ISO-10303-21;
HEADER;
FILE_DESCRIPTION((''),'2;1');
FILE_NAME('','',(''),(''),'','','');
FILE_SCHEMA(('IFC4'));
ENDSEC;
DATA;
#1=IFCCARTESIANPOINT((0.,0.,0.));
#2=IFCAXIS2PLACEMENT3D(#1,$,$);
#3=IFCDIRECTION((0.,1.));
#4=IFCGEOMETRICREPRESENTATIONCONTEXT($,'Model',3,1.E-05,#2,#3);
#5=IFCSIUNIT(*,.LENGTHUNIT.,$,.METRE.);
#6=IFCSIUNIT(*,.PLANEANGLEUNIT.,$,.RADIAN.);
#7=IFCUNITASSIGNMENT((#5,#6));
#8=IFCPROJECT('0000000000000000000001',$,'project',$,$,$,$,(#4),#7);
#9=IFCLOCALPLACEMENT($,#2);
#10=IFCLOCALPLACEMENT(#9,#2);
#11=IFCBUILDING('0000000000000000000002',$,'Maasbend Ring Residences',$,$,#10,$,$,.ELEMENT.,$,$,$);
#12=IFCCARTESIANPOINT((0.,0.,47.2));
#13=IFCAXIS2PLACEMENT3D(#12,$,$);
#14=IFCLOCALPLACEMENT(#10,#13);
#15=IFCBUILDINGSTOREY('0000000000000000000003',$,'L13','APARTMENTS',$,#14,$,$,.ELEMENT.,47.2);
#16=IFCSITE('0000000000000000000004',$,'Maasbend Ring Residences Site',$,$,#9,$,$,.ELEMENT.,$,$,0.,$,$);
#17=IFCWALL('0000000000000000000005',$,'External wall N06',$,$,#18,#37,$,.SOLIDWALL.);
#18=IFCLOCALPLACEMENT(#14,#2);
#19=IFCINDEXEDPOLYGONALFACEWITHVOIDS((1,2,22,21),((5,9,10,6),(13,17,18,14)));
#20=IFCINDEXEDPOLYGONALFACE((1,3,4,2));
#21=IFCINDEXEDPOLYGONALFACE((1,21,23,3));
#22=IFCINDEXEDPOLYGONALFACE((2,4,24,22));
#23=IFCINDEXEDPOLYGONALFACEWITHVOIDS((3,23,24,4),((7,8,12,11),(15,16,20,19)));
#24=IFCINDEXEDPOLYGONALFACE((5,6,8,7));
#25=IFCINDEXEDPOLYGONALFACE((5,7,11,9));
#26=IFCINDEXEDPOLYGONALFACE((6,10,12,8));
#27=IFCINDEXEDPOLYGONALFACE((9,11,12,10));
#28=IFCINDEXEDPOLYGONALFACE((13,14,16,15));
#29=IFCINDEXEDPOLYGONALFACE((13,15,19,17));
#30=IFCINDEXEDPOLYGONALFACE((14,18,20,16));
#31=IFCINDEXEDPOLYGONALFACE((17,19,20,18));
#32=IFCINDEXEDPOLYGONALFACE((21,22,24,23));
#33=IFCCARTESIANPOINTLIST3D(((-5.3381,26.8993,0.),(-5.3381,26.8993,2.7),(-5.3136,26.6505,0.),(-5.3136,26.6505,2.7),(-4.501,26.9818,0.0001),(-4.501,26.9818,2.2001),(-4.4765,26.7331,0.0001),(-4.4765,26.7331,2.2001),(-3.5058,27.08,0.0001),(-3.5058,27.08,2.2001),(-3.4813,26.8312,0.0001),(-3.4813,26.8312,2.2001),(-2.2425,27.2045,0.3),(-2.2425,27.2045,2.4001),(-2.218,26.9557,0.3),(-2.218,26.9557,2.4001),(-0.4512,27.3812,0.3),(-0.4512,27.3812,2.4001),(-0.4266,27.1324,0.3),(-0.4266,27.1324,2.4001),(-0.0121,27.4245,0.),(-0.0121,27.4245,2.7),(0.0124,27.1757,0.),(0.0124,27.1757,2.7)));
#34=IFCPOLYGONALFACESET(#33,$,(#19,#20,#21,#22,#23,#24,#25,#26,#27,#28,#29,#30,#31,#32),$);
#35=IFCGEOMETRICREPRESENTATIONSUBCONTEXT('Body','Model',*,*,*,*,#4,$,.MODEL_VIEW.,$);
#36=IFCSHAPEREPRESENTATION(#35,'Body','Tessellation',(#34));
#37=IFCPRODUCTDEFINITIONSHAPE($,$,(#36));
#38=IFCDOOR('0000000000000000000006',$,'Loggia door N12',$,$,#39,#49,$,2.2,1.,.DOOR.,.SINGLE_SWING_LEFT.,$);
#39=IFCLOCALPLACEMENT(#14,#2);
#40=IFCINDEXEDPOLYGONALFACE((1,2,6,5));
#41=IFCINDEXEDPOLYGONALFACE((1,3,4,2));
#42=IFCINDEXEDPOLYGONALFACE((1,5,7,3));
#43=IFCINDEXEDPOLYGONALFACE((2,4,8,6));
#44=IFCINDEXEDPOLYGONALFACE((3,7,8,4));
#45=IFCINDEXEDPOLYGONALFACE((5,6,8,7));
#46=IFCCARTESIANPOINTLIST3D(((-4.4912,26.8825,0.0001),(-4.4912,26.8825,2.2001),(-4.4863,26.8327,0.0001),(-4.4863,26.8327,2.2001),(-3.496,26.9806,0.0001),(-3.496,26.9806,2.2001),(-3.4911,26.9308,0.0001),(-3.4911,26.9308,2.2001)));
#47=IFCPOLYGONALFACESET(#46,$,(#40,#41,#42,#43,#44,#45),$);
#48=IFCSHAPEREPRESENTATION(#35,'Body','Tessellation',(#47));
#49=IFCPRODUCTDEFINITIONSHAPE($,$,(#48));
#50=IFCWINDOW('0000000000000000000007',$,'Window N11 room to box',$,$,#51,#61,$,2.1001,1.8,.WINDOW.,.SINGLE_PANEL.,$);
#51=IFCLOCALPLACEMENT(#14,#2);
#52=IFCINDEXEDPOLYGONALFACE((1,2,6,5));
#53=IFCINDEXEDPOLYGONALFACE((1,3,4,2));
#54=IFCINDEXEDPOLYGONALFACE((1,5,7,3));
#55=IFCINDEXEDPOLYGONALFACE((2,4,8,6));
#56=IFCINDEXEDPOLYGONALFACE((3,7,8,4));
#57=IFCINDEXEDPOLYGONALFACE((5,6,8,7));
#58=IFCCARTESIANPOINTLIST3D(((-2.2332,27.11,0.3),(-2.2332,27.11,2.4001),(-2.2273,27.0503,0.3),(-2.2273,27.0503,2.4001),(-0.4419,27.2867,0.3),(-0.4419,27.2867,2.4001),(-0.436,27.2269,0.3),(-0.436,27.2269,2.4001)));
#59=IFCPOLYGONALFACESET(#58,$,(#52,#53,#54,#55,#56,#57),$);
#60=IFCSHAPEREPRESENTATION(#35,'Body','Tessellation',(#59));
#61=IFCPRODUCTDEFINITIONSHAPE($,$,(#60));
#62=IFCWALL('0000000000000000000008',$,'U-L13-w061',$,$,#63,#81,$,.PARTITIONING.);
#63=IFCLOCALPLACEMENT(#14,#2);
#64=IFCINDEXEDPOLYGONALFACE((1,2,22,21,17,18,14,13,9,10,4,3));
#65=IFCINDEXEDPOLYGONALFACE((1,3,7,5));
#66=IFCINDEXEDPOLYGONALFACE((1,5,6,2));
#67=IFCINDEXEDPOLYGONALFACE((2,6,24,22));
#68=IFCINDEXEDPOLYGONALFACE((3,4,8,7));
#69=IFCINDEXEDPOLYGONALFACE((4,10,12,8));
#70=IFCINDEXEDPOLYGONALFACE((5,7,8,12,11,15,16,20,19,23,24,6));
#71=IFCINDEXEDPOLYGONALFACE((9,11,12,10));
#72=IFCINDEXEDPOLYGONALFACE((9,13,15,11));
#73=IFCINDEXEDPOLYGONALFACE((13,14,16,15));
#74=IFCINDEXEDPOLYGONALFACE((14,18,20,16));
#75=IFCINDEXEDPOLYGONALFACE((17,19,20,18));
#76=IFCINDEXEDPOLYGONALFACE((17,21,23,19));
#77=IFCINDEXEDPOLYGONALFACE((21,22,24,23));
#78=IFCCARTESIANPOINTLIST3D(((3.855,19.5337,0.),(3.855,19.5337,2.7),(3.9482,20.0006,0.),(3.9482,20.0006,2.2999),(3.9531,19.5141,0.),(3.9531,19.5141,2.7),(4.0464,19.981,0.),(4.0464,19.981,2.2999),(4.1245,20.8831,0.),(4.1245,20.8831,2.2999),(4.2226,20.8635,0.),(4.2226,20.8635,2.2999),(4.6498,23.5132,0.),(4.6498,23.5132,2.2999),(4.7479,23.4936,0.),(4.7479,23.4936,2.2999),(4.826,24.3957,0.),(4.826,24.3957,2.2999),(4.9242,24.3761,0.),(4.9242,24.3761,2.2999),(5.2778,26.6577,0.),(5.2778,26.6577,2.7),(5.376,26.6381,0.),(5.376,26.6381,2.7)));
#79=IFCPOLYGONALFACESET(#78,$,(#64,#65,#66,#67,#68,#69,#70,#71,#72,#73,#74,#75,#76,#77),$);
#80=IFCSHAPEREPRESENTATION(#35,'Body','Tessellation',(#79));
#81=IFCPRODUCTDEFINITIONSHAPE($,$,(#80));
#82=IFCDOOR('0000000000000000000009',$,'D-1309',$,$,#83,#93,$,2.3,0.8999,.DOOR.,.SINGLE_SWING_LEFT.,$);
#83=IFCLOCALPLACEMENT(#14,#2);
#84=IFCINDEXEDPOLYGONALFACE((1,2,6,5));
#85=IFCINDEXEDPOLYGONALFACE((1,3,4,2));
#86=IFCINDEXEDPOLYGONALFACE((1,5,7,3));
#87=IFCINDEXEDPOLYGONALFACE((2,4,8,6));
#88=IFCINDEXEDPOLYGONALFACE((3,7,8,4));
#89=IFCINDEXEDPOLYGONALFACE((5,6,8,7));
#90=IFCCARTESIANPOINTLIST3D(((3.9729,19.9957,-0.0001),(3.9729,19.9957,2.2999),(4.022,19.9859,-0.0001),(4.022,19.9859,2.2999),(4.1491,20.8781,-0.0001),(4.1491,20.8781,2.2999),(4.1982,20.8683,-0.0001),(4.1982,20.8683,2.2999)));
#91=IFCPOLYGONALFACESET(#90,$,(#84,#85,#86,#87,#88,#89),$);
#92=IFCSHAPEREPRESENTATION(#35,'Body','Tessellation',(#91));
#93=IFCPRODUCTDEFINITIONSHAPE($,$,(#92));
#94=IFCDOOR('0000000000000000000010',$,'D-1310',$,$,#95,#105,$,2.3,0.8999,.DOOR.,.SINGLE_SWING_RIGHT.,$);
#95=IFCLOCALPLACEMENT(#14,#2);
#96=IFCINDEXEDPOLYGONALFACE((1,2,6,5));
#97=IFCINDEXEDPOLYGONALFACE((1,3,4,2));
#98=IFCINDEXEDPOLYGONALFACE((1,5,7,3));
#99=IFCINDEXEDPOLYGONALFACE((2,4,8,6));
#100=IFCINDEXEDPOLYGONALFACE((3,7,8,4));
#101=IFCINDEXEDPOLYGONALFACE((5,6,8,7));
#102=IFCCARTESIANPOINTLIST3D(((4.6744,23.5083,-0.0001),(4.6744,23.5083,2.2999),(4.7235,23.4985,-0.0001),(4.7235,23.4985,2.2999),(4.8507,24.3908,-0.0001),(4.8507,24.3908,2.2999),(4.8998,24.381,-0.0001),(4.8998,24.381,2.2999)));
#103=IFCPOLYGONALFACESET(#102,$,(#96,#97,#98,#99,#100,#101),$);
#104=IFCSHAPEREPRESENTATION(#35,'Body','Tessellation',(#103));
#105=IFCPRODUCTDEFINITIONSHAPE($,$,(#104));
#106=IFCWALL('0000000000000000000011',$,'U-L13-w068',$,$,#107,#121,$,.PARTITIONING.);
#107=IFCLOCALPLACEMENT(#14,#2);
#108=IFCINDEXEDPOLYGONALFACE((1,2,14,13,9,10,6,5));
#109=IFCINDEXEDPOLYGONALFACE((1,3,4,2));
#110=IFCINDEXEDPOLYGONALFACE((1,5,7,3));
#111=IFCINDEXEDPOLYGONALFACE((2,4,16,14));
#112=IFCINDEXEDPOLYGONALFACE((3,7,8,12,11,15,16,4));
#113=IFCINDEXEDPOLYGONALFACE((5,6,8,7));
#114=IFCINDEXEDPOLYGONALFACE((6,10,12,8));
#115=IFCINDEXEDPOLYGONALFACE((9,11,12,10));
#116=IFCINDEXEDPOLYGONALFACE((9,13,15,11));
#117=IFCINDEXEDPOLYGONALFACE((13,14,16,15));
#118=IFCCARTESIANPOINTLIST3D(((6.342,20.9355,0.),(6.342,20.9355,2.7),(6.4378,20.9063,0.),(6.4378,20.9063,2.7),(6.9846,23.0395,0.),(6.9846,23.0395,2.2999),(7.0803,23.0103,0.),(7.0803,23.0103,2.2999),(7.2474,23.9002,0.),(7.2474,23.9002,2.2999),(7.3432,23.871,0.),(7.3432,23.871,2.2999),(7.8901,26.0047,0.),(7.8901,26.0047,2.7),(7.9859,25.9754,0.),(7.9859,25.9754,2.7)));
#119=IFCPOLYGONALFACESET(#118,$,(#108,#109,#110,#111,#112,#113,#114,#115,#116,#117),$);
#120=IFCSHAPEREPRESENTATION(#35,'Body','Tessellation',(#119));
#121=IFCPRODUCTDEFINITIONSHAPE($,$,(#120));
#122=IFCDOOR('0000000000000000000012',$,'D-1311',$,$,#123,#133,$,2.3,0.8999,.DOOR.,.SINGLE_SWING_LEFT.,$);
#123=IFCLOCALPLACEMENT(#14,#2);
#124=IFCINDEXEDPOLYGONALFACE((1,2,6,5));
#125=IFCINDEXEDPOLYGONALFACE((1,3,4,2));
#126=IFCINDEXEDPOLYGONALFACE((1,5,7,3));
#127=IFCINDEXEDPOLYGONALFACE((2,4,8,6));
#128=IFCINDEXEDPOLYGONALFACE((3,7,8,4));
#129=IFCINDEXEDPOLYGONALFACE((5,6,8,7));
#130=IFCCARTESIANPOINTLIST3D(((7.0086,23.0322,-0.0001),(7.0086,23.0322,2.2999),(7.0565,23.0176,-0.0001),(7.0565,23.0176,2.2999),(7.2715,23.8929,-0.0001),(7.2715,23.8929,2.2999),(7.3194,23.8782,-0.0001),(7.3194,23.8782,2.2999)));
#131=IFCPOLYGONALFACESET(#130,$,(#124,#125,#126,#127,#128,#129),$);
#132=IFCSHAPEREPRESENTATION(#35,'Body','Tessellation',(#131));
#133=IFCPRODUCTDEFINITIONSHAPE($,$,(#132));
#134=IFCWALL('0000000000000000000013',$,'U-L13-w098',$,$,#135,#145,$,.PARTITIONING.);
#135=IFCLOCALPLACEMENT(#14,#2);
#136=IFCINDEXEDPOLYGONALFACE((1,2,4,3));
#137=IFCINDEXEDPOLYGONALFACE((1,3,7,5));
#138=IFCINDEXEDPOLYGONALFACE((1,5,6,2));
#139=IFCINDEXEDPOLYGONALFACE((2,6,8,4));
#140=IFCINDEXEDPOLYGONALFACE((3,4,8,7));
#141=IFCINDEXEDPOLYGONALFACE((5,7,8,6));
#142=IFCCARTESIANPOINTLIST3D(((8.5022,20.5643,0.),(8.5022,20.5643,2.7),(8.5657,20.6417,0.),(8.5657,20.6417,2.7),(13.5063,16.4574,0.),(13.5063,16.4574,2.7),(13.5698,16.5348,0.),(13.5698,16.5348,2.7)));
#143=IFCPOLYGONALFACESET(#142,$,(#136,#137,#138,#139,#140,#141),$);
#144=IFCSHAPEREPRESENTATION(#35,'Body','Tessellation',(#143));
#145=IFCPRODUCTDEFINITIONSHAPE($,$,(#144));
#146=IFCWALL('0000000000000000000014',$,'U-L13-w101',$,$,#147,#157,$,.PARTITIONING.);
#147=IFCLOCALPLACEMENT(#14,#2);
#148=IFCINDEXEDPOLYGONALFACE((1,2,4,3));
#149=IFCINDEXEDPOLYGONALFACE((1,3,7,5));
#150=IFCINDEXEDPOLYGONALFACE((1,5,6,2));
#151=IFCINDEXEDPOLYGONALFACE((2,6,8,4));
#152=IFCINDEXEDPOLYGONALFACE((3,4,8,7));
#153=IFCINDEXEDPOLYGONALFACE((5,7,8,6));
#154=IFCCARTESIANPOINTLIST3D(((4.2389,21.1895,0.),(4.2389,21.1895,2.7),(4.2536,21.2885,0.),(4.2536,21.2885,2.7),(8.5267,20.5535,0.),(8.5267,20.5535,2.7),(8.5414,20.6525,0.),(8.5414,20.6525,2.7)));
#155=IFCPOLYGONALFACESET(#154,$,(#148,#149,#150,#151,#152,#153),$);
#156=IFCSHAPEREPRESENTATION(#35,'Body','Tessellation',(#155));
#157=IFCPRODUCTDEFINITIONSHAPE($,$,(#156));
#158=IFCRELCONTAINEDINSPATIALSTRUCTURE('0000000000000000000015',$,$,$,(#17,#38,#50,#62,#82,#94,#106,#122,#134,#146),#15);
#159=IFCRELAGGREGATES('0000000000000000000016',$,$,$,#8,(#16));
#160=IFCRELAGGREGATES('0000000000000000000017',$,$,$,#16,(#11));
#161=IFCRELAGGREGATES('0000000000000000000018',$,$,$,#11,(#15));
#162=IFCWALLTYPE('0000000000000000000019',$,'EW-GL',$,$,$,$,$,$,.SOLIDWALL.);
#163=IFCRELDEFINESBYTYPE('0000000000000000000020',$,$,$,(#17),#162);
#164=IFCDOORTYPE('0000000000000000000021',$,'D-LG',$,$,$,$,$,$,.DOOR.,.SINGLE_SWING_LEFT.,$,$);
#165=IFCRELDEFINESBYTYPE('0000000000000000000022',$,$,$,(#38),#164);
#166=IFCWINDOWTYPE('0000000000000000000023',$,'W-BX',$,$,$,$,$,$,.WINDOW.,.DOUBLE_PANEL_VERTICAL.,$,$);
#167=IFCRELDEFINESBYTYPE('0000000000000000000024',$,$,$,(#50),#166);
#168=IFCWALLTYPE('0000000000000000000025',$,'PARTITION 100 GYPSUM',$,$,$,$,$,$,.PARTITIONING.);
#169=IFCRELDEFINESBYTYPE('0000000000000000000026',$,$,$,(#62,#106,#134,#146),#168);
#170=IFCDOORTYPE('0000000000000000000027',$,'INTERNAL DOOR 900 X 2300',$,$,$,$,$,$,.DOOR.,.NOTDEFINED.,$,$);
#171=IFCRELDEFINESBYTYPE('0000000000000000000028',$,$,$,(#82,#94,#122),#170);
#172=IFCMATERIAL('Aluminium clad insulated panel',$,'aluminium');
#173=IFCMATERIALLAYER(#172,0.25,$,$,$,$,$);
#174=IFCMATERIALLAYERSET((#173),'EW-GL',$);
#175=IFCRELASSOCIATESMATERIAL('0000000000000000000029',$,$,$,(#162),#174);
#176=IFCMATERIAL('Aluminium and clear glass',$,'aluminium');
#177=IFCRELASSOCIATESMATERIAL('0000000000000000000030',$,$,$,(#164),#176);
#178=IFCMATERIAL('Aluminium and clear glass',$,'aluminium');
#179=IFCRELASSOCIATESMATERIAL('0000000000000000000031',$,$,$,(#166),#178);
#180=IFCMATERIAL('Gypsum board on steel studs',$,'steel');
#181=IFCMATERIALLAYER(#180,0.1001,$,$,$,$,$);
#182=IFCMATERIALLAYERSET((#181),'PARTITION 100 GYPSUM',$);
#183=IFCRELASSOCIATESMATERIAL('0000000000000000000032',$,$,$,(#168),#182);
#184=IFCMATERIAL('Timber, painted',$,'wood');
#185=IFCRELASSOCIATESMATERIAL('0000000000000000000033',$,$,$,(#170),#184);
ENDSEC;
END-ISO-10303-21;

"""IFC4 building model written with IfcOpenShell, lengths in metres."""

from ifc_helpers import new_model, si_unit, direction, frame, frame_2d, origin, place, context, subcontext, project, spatial, rectangle, extrude, material, layer, layer_set, type_object, element, fill, save


model = new_model("IFC4")

# Units and contexts
model_context = context("Model", 3, precision=1e-05, world=origin(), true_north=direction((0.0, 1.0)))
body_context = subcontext(model_context, "Body", "Model", "MODEL_VIEW")
ifc_project = project(units=[si_unit("LENGTHUNIT", "METRE"), si_unit("PLANEANGLEUNIT", "RADIAN")], contexts=[model_context])

# Site, building, storey
site_placement = place(None, origin())
site = spatial("IfcSite", under=ifc_project, at=site_placement, Name="Maasbend Ring Residences Site", CompositionType="ELEMENT", RefElevation=0.0)
building_placement = place(site_placement, origin())
building = spatial("IfcBuilding", under=site, at=building_placement, Name="Maasbend Ring Residences", CompositionType="ELEMENT")
storey_placement = place(building_placement, frame((0.0, 0.0, 47.2)))
storey = spatial("IfcBuildingStorey", under=building, at=storey_placement, Name="L13", Description="APARTMENTS", CompositionType="ELEMENT", Elevation=47.2)

# Wall, openings, door, window
ifc_material_1 = material(Name="Aluminium clad insulated panel", Category="aluminium")
ifc_layer_1 = layer(ifc_material_1, 0.25)
ifc_layer_set_1 = layer_set([ifc_layer_1], Name="EW-GL")
wall_type_1 = type_object("IfcWallType", Name="EW-GL", PredefinedType="SOLIDWALL", material=ifc_layer_set_1)
ifc_material_2 = material(Name="Aluminium and clear glass", Category="aluminium")
door_type_1 = type_object("IfcDoorType", Name="D-LG", OperationType="SINGLE_SWING_LEFT", PredefinedType="DOOR", material=ifc_material_2)
ifc_material_3 = material(Name="Aluminium and clear glass", Category="aluminium")
window_type_1 = type_object("IfcWindowType", Name="W-BX", PartitioningType="DOUBLE_PANEL_VERTICAL", PredefinedType="WINDOW", material=ifc_material_3)
wall_1_placement = place(storey_placement, frame((0.0, 27.3, 0.0), z_axis=(0.0, 0.0, 1.0), x_axis=(-0.995174, -0.098126, 0.0)))
wall_1 = element("IfcWall", 1, at=wall_1_placement, inside=storey, type_object=wall_type_1, Name="External wall N06", PredefinedType="SOLIDWALL", context=body_context, shape_type="SweptSolid", body=[
    extrude(rectangle(XDim=5.3518, YDim=0.25, at=frame_2d((2.6758, 0.0))), origin(), (0.0, 0.0, 1.0), 2.7),
])
opening_1_placement = place(wall_1_placement, frame((0.4412, 0.0, 0.3)))
opening_1 = element("IfcOpeningElement", 2, at=opening_1_placement, cuts=wall_1, PredefinedType="OPENING", context=body_context, shape_type="SweptSolid", body=[
    extrude(rectangle(XDim=1.8, YDim=2.1001, at=frame_2d((0.8999, 1.05))), frame((0.0, 0.135, 0.0), z_axis=(0.0, -1.0, 0.0), x_axis=(1.0, 0.0, 0.0)), (0.0, 0.0, 1.0), 0.27),
])
opening_2_placement = place(wall_1_placement, frame((3.5105, 0.0, 0.0)))
opening_2 = element("IfcOpeningElement", 3, at=opening_2_placement, cuts=wall_1, PredefinedType="OPENING", context=body_context, shape_type="SweptSolid", body=[
    extrude(rectangle(XDim=1.0, YDim=2.2, at=frame_2d((0.5, 1.1001))), frame((0.0, 0.135, 0.0), z_axis=(0.0, -1.0, 0.0), x_axis=(1.0, 0.0, 0.0)), (0.0, 0.0, 1.0), 0.27),
])
door_1_placement = place(opening_2_placement, origin())
door_1 = element("IfcDoor", 4, at=door_1_placement, inside=storey, type_object=door_type_1, Name="Loggia door N12", OperationType="SINGLE_SWING_LEFT", OverallHeight=2.2, OverallWidth=1.0, PredefinedType="DOOR", context=body_context, shape_type="SweptSolid", body=[
    extrude(rectangle(XDim=1.0, YDim=2.2, at=frame_2d((0.5, 1.1001))), frame((0.0, 0.0249, 0.0), z_axis=(0.0, -1.0, 0.0), x_axis=(1.0, 0.0, 0.0)), (0.0, 0.0, 1.0), 0.05),
])
fill(opening_2, door_1)
window_1_placement = place(opening_1_placement, origin())
window_1 = element("IfcWindow", 5, at=window_1_placement, inside=storey, type_object=window_type_1, Name="Window N11 room to box", OverallHeight=2.1001, OverallWidth=1.8, PartitioningType="SINGLE_PANEL", PredefinedType="WINDOW", context=body_context, shape_type="SweptSolid", body=[
    extrude(rectangle(XDim=1.8, YDim=2.1001, at=frame_2d((0.8999, 1.05))), frame((0.0, 0.03, 0.0), z_axis=(0.0, -1.0, 0.0), x_axis=(1.0, 0.0, 0.0)), (0.0, 0.0, 1.0), 0.0601),
])
fill(opening_1, window_1)

# Wall, openings, doors
ifc_material_4 = material(Name="Gypsum board on steel studs", Category="steel")
ifc_layer_2 = layer(ifc_material_4, 0.1001)
ifc_layer_set_2 = layer_set([ifc_layer_2], Name="PARTITION 100 GYPSUM")
wall_type_2 = type_object("IfcWallType", Name="PARTITION 100 GYPSUM", PredefinedType="PARTITIONING", material=ifc_layer_set_2)
wall_2_placement = place(storey_placement, frame((3.9041, 19.5239, 0.0), z_axis=(0.0, 0.0, 1.0), x_axis=(0.195858, 0.980632, 0.0)))
wall_2 = element("IfcWall", 6, at=wall_2_placement, inside=storey, type_object=wall_type_2, Name="U-L13-w061", PredefinedType="PARTITIONING", context=body_context, shape_type="SweptSolid", body=[
    extrude(rectangle(XDim=7.2646, YDim=0.1001, at=frame_2d((3.6323, 0.0))), origin(), (0.0, 0.0, 1.0), 2.7),
])
opening_3_placement = place(wall_2_placement, frame((0.4761, 0.0, 0.0)))
opening_3 = element("IfcOpeningElement", 7, at=opening_3_placement, cuts=wall_2, PredefinedType="OPENING", context=body_context, shape_type="SweptSolid", body=[
    extrude(rectangle(XDim=0.8999, YDim=2.3, at=frame_2d((0.45, 1.1499))), frame((0.0, 0.0601, 0.0), z_axis=(0.0, -1.0, 0.0), x_axis=(1.0, 0.0, 0.0)), (0.0, 0.0, 1.0), 0.1201),
])
opening_4_placement = place(wall_2_placement, frame((4.0581, 0.0, 0.0)))
opening_4 = element("IfcOpeningElement", 8, at=opening_4_placement, cuts=wall_2, PredefinedType="OPENING", context=body_context, shape_type="SweptSolid", body=[
    extrude(rectangle(XDim=0.8999, YDim=2.3, at=frame_2d((0.45, 1.1499))), frame((0.0, 0.0601, 0.0), z_axis=(0.0, -1.0, 0.0), x_axis=(1.0, 0.0, 0.0)), (0.0, 0.0, 1.0), 0.1201),
])
ifc_material_5 = material(Name="Timber, painted", Category="wood")
door_type_2 = type_object("IfcDoorType", Name="INTERNAL DOOR 900 X 2300", OperationType="NOTDEFINED", PredefinedType="DOOR", material=ifc_material_5)
door_2_placement = place(opening_3_placement, origin())
door_2 = element("IfcDoor", 9, at=door_2_placement, inside=storey, type_object=door_type_2, Name="D-1309", OperationType="SINGLE_SWING_LEFT", OverallHeight=2.3, OverallWidth=0.8999, PredefinedType="DOOR", context=body_context, shape_type="SweptSolid", body=[
    extrude(rectangle(XDim=0.8999, YDim=2.3, at=frame_2d((0.45, 1.1499))), frame((0.0, 0.0249, 0.0), z_axis=(0.0, -1.0, 0.0), x_axis=(1.0, 0.0, 0.0)), (0.0, 0.0, 1.0), 0.05),
])
fill(opening_3, door_2)
door_3_placement = place(opening_4_placement, origin())
door_3 = element("IfcDoor", 10, at=door_3_placement, inside=storey, type_object=door_type_2, Name="D-1310", OperationType="SINGLE_SWING_RIGHT", OverallHeight=2.3, OverallWidth=0.8999, PredefinedType="DOOR", context=body_context, shape_type="SweptSolid", body=[
    extrude(rectangle(XDim=0.8999, YDim=2.3, at=frame_2d((0.45, 1.1499))), frame((0.0, 0.0249, 0.0), z_axis=(0.0, -1.0, 0.0), x_axis=(1.0, 0.0, 0.0)), (0.0, 0.0, 1.0), 0.05),
])
fill(opening_4, door_3)

# Wall, opening, door
wall_3_placement = place(storey_placement, frame((6.3899, 20.9209, 0.0), z_axis=(0.0, 0.0, 1.0), x_axis=(0.292082, 0.956393, 0.0)))
wall_3 = element("IfcWall", 11, at=wall_3_placement, inside=storey, type_object=wall_type_2, Name="U-L13-w068", PredefinedType="PARTITIONING", context=body_context, shape_type="SweptSolid", body=[
    extrude(rectangle(XDim=5.3003, YDim=0.1001, at=frame_2d((2.6501, 0.0))), origin(), (0.0, 0.0, 1.0), 2.7),
])
opening_5_placement = place(wall_3_placement, frame((2.2, 0.0, 0.0)))
opening_5 = element("IfcOpeningElement", 12, at=opening_5_placement, cuts=wall_3, PredefinedType="OPENING", context=body_context, shape_type="SweptSolid", body=[
    extrude(rectangle(XDim=0.8999, YDim=2.3, at=frame_2d((0.45, 1.1499))), frame((0.0, 0.0601, 0.0), z_axis=(0.0, -1.0, 0.0), x_axis=(1.0, 0.0, 0.0)), (0.0, 0.0, 1.0), 0.1201),
])
door_4_placement = place(opening_5_placement, origin())
door_4 = element("IfcDoor", 13, at=door_4_placement, inside=storey, type_object=door_type_2, Name="D-1311", OperationType="SINGLE_SWING_LEFT", OverallHeight=2.3, OverallWidth=0.8999, PredefinedType="DOOR", context=body_context, shape_type="SweptSolid", body=[
    extrude(rectangle(XDim=0.8999, YDim=2.3, at=frame_2d((0.45, 1.1499))), frame((0.0, 0.0249, 0.0), z_axis=(0.0, -1.0, 0.0), x_axis=(1.0, 0.0, 0.0)), (0.0, 0.0, 1.0), 0.05),
])
fill(opening_5, door_4)

# Walls
wall_4_placement = place(storey_placement, frame((8.5339, 20.603, 0.0), z_axis=(0.0, 0.0, 1.0), x_axis=(0.773, -0.634406, 0.0)))
element("IfcWall", 14, at=wall_4_placement, inside=storey, type_object=wall_type_2, Name="U-L13-w098", PredefinedType="PARTITIONING", context=body_context, shape_type="SweptSolid", body=[
    extrude(rectangle(XDim=6.4736, YDim=0.1001, at=frame_2d((3.2368, 0.0))), origin(), (0.0, 0.0, 1.0), 2.7),
])
wall_5_placement = place(storey_placement, frame((4.2461, 21.239, 0.0), z_axis=(0.0, 0.0, 1.0), x_axis=(0.989178, -0.146718, 0.0)))
element("IfcWall", 15, at=wall_5_placement, inside=storey, type_object=wall_type_2, Name="U-L13-w101", PredefinedType="PARTITIONING", context=body_context, shape_type="SweptSolid", body=[
    extrude(rectangle(XDim=4.3347, YDim=0.1001, at=frame_2d((2.1675, 0.0))), origin(), (0.0, 0.0, 1.0), 2.7),
])

save(model, "model.ifc")
